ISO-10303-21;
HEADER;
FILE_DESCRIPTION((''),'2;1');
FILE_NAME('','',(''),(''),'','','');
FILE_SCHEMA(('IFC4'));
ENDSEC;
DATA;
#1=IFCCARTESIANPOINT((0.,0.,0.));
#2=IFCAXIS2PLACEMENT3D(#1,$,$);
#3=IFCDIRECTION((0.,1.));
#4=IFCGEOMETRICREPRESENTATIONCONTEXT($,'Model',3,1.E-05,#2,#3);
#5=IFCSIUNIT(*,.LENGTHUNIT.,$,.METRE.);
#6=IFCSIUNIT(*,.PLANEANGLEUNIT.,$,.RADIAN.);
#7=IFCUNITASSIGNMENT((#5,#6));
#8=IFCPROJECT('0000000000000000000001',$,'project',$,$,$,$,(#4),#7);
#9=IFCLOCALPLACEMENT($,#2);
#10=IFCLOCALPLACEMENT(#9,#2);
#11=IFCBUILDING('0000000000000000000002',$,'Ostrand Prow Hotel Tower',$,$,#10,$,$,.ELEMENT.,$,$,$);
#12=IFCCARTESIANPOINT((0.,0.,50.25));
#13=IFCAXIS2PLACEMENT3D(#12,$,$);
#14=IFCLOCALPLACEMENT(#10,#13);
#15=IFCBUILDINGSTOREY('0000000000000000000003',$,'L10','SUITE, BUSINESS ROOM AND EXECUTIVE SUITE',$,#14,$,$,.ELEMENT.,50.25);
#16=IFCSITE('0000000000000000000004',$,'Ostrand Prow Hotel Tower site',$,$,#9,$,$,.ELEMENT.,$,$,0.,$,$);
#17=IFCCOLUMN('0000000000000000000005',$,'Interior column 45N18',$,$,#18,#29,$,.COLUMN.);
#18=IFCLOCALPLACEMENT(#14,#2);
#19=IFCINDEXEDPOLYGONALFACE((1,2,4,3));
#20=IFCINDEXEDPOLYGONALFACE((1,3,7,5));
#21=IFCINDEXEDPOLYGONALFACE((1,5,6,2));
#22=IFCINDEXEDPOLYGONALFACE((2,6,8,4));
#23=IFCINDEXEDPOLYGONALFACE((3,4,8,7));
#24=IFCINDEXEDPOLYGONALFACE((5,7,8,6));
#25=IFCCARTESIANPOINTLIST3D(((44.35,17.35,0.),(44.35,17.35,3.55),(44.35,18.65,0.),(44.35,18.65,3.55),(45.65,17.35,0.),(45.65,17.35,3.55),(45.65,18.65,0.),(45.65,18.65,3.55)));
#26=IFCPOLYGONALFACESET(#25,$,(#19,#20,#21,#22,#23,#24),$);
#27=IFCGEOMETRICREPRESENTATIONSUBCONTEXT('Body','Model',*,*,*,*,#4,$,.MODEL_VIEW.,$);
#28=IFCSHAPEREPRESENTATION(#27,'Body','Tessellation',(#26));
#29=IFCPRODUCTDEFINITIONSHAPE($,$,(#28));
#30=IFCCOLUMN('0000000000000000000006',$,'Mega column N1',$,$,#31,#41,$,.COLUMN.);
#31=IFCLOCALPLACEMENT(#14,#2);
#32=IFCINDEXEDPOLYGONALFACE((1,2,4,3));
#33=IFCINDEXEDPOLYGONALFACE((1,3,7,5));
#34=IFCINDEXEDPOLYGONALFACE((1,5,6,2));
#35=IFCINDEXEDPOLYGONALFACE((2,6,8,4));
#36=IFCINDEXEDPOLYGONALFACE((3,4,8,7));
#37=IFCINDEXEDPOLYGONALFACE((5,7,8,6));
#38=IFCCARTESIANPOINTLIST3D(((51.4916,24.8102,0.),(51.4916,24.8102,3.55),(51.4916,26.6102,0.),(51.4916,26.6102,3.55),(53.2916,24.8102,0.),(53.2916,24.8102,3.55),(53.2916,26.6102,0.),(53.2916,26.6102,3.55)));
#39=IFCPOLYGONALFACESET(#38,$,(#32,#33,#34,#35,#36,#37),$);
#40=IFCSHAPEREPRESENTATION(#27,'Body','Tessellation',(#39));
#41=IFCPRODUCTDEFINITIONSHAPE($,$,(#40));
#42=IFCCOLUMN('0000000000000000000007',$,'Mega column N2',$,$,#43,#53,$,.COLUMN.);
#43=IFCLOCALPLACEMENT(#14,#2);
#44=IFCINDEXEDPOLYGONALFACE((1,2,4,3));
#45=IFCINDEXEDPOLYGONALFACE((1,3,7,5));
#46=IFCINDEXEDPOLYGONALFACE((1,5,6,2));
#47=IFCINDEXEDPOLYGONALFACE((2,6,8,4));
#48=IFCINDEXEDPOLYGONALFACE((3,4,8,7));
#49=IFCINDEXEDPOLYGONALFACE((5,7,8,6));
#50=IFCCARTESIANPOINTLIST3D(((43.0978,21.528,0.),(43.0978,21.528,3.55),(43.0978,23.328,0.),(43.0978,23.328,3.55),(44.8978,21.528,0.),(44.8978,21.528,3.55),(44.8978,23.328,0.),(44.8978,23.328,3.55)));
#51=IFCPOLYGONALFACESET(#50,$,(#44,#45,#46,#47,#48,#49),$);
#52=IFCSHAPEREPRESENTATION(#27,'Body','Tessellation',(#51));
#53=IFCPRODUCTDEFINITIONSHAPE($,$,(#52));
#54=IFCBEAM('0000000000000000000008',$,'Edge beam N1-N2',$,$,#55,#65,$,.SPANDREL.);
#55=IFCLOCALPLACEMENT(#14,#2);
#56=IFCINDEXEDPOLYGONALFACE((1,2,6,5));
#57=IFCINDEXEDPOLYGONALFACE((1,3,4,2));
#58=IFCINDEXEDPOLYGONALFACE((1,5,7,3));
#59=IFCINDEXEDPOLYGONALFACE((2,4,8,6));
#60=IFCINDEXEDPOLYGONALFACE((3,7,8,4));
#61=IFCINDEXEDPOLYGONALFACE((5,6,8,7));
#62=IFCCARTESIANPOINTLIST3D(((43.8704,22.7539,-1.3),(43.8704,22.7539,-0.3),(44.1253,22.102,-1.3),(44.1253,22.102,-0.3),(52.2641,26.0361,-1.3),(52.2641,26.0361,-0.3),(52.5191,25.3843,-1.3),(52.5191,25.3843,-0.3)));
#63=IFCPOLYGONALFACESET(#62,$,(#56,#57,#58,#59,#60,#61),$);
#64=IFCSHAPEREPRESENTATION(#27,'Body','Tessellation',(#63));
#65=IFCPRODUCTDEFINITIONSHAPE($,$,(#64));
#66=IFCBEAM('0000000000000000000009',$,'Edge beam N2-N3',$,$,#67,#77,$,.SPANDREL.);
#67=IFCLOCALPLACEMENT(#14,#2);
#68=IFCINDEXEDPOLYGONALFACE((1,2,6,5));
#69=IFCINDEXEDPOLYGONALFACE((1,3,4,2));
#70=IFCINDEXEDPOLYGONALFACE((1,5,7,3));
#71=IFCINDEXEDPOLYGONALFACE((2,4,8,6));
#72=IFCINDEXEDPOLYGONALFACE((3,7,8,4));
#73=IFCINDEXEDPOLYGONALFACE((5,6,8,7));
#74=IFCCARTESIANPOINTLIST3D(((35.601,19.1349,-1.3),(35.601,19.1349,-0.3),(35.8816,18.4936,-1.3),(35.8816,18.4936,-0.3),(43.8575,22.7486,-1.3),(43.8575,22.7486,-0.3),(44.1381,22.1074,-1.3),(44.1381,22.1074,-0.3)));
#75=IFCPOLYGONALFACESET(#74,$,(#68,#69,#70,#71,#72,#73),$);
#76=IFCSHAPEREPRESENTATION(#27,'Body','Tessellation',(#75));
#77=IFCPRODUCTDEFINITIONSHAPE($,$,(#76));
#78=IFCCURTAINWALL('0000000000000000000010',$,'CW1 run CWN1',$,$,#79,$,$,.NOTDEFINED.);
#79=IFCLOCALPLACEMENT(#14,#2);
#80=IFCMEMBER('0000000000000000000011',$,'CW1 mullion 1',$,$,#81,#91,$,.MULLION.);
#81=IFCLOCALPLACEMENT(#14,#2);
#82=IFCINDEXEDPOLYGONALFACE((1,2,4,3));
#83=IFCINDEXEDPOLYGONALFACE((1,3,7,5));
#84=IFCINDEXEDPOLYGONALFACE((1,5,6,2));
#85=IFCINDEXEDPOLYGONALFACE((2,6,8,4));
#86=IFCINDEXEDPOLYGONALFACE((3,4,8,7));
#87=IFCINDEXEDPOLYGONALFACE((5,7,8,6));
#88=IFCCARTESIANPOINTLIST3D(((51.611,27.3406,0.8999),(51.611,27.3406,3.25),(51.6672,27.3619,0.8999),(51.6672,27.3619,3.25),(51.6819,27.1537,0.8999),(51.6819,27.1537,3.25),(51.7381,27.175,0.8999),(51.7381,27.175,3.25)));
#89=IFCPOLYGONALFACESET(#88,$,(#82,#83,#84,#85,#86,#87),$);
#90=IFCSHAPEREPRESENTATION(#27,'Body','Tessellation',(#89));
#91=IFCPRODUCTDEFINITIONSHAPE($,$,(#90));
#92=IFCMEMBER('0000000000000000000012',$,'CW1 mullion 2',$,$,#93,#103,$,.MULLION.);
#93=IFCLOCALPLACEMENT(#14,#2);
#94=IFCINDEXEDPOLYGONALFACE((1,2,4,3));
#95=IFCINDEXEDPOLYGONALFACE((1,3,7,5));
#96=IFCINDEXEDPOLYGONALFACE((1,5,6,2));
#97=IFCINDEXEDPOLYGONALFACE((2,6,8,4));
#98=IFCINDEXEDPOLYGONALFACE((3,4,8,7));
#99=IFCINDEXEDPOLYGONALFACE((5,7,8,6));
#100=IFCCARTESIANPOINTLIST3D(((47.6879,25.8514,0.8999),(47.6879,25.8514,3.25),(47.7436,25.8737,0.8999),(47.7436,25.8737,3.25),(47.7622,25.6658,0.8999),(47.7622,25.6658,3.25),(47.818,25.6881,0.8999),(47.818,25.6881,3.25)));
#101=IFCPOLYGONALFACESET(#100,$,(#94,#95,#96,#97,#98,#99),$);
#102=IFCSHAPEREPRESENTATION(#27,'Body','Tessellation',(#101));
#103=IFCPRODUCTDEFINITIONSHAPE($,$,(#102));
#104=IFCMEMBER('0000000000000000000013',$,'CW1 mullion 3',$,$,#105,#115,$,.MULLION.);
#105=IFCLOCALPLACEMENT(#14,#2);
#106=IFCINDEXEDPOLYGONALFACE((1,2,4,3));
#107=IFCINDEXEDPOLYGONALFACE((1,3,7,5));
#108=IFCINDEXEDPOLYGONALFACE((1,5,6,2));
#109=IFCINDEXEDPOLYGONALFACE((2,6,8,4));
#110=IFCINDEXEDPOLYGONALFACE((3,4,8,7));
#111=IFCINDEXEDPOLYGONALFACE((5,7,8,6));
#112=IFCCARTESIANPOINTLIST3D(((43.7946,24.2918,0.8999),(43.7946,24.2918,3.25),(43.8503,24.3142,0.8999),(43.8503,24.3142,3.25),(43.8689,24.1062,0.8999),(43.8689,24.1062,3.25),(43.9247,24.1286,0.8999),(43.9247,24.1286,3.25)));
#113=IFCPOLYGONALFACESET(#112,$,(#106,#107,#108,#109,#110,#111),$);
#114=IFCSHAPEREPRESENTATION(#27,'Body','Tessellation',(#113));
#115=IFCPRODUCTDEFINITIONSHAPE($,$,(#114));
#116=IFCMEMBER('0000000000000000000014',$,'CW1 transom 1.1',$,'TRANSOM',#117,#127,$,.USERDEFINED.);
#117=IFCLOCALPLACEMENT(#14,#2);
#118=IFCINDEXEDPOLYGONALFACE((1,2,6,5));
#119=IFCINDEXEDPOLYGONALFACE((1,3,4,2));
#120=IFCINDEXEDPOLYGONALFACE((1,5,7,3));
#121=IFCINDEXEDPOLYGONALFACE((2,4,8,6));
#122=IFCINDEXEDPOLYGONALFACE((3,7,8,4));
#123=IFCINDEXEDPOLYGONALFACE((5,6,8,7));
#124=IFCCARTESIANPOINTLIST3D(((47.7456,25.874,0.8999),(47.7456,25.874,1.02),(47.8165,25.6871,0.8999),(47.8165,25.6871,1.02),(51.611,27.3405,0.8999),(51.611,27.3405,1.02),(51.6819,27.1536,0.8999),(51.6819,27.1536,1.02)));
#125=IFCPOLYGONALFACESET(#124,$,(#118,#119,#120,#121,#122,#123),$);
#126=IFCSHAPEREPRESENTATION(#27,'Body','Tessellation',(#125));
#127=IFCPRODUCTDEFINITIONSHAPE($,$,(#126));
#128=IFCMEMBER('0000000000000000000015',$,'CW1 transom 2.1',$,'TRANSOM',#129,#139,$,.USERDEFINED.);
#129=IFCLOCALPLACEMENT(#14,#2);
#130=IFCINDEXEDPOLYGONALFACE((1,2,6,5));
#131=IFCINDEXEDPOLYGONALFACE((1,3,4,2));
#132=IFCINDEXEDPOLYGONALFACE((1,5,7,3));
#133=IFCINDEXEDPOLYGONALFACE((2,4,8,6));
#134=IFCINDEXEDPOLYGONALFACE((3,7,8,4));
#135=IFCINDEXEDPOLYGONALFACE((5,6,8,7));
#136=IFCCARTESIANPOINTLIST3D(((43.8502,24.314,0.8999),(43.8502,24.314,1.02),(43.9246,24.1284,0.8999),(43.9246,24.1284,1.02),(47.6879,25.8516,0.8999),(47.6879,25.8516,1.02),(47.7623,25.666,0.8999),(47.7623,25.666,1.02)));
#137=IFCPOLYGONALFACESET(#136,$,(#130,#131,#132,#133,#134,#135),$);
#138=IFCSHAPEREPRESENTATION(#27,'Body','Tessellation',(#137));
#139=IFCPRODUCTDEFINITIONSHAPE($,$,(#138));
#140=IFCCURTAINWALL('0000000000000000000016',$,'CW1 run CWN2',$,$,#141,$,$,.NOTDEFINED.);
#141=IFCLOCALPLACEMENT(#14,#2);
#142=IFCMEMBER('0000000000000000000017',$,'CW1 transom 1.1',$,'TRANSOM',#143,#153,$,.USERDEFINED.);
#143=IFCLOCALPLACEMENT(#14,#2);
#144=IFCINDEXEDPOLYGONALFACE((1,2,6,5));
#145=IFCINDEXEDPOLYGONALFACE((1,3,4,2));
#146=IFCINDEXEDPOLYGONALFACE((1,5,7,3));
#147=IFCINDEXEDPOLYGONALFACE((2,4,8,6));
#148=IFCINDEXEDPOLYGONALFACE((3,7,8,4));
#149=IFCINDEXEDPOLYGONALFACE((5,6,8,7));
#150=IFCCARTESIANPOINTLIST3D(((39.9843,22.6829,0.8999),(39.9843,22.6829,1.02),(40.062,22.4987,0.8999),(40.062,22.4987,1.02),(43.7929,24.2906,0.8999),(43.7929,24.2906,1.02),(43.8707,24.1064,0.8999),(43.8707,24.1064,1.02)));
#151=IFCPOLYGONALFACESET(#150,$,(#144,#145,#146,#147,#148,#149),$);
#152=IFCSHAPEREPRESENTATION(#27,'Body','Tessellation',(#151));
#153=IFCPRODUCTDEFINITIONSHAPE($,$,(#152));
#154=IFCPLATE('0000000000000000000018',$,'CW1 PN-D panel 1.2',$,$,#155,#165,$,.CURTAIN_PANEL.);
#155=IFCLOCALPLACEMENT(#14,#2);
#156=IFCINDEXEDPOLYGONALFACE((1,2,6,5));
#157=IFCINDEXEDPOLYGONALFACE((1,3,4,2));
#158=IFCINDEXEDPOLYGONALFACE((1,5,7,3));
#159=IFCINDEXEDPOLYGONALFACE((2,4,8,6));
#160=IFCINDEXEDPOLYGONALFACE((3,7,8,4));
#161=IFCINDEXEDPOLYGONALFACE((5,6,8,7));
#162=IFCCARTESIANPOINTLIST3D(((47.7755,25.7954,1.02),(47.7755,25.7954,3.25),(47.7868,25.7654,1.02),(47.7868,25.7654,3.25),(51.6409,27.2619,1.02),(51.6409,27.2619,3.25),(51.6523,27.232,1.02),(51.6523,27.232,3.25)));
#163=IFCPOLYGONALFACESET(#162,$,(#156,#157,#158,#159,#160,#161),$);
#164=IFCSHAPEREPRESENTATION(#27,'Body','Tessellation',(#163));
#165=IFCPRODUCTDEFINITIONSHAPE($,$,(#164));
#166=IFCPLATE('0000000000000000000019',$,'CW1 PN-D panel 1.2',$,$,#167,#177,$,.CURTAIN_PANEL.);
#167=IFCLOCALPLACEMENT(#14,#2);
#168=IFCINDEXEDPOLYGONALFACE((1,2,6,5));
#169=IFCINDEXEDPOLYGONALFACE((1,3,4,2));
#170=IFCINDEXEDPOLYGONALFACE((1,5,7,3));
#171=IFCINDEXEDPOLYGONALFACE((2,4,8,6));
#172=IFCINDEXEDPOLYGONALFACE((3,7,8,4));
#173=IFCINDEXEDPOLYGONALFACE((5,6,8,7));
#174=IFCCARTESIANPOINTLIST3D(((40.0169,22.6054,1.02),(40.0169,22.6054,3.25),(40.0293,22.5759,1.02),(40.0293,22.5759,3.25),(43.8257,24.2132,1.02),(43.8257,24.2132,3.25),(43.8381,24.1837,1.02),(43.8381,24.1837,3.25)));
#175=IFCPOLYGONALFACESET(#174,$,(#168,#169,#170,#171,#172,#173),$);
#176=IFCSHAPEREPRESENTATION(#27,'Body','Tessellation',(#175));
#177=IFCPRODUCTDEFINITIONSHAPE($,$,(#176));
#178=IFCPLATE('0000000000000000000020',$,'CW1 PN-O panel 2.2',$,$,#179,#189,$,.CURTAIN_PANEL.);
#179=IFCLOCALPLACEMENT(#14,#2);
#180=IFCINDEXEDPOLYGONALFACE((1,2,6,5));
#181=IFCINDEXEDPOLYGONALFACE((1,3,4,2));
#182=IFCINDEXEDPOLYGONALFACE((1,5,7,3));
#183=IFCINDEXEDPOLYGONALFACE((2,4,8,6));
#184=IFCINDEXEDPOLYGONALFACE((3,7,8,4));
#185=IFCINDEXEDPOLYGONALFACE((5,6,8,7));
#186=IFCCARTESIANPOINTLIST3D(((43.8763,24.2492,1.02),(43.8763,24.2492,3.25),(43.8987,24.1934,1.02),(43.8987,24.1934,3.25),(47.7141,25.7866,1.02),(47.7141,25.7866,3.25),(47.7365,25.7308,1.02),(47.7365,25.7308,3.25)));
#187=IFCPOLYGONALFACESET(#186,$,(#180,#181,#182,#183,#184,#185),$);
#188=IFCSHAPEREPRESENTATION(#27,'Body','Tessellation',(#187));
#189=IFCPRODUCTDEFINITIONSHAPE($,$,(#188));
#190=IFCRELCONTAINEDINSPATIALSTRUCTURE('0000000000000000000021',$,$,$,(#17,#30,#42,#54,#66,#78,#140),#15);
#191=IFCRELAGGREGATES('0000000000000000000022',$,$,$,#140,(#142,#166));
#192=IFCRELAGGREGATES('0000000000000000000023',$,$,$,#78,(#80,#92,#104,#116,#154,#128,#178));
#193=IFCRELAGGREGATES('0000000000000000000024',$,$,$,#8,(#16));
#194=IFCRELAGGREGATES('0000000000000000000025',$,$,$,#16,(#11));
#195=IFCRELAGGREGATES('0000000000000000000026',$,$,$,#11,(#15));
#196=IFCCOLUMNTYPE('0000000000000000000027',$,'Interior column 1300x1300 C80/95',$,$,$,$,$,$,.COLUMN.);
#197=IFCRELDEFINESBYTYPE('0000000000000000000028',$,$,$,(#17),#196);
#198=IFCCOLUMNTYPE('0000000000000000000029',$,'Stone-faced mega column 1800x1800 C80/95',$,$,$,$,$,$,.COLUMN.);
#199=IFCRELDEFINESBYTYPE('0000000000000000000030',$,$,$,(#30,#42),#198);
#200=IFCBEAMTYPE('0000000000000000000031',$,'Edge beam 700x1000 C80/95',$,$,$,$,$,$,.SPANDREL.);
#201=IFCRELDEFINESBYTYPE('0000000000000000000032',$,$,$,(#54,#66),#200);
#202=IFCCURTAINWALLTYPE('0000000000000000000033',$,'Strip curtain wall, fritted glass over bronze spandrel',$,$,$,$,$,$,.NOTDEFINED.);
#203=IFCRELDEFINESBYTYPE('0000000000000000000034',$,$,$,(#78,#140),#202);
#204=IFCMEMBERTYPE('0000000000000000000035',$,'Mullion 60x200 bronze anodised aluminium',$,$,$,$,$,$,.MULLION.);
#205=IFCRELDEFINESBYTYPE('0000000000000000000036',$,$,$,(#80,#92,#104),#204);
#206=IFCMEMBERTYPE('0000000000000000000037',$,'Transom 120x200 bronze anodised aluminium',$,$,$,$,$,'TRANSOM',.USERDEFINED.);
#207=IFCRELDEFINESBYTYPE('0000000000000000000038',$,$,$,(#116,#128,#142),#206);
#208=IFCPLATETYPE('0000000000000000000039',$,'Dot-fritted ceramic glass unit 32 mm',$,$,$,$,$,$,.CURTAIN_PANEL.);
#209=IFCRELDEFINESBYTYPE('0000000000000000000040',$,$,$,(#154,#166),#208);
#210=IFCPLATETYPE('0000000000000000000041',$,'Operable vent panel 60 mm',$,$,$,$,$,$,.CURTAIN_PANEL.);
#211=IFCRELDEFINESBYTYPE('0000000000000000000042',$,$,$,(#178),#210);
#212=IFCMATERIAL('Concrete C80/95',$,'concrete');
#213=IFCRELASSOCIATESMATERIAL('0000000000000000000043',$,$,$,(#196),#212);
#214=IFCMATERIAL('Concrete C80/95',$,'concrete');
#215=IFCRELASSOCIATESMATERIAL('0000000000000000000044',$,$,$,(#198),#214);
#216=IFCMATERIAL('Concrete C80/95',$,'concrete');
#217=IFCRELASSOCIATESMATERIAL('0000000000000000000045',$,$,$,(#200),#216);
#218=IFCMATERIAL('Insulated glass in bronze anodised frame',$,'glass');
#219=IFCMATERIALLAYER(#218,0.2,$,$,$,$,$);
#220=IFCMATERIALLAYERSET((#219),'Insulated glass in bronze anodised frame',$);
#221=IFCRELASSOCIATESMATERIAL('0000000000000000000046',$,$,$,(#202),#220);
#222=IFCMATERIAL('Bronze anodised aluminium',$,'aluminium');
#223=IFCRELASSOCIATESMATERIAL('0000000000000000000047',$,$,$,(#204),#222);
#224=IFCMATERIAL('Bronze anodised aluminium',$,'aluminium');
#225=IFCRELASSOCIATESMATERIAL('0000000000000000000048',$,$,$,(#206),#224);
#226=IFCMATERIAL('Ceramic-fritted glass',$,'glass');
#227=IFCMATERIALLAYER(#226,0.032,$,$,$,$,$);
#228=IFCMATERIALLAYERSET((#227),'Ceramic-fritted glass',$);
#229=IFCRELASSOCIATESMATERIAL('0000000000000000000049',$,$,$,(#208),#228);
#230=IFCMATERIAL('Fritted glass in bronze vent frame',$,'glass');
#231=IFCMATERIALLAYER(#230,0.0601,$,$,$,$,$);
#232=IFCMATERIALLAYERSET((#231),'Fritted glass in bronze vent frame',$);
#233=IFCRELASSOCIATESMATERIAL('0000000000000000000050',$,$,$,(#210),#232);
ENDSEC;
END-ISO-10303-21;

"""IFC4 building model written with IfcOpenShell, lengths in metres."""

from ifc_helpers import new_model, si_unit, direction, frame, origin, origin_2d, place, context, subcontext, project, spatial, rectangle, extrude, material, layer, layer_set, material_profile, profile_set, type_object, element, aggregate, save


model = new_model("IFC4")

# Units and contexts
model_context = context("Model", 3, precision=1e-05, world=origin(), true_north=direction((0.0, 1.0)))
body_context = subcontext(model_context, "Body", "Model", "MODEL_VIEW")
ifc_project = project(units=[si_unit("LENGTHUNIT", "METRE"), si_unit("PLANEANGLEUNIT", "RADIAN")], contexts=[model_context])

# Site, building, storey
site_placement = place(None, origin())
site = spatial("IfcSite", under=ifc_project, at=site_placement, Name="Ostrand Prow Hotel Tower site", CompositionType="ELEMENT", RefElevation=0.0)
building_placement = place(site_placement, origin())
building = spatial("IfcBuilding", under=site, at=building_placement, Name="Ostrand Prow Hotel Tower", CompositionType="ELEMENT")
storey_placement = place(building_placement, frame((0.0, 0.0, 50.25)))
storey = spatial("IfcBuildingStorey", under=building, at=storey_placement, Name="L10", Description="SUITE, BUSINESS ROOM AND EXECUTIVE SUITE", CompositionType="ELEMENT", Elevation=50.25)

# Columns
ifc_material_1 = material(Name="Concrete C80/95", Category="concrete")
ifc_material_profile_1 = material_profile(ifc_material_1, rectangle(XDim=1.3, YDim=1.3, at=origin_2d()), Name="RC 1300x1300")
ifc_profile_set_1 = profile_set([ifc_material_profile_1], Name="Concrete C80/95")
column_type_1 = type_object("IfcColumnType", Name="Interior column 1300x1300 C80/95", PredefinedType="COLUMN", material=ifc_profile_set_1)
column_placement = place(storey_placement, frame((45.0, 18.0, 0.0), z_axis=(0.0, 0.0, 1.0), x_axis=(1.0, 0.0, 0.0)))
element("IfcColumn", 1, at=column_placement, inside=storey, type_object=column_type_1, Name="Interior column 45N18", PredefinedType="COLUMN", context=body_context, shape_type="SweptSolid", body=[
    extrude(rectangle(XDim=1.3, YDim=1.3, at=origin_2d()), origin(), (0.0, 0.0, 1.0), 3.55),
])
ifc_material_2 = material(Name="Concrete C80/95", Category="concrete")
ifc_material_profile_2 = material_profile(ifc_material_2, rectangle(XDim=1.8, YDim=1.8, at=origin_2d()), Name="RC 1800x1800")
ifc_profile_set_2 = profile_set([ifc_material_profile_2], Name="Concrete C80/95")
column_type_2 = type_object("IfcColumnType", Name="Stone-faced mega column 1800x1800 C80/95", PredefinedType="COLUMN", material=ifc_profile_set_2)
for number, where, z_axis, x_axis, name in (
    (2, (52.3916, 25.7102, 0.0), (0.0, 0.0, 1.0), (1.0, 0.0, 0.0), "Mega column N1"),
    (3, (43.9978, 22.428, 0.0), (0.0, 0.0, 1.0), (1.0, 0.0, 0.0), "Mega column N2"),
):
    element("IfcColumn", number, at=place(storey_placement, frame(where, z_axis=z_axis, x_axis=x_axis)), inside=storey, type_object=column_type_2, Name=name, PredefinedType="COLUMN", context=body_context, shape_type="SweptSolid", body=[
        extrude(rectangle(XDim=1.8, YDim=1.8, at=origin_2d()), origin(), (0.0, 0.0, 1.0), 3.55),
    ])

# Beams
ifc_material_3 = material(Name="Concrete C80/95", Category="concrete")
ifc_material_profile_3 = material_profile(ifc_material_3, rectangle(XDim=0.7, YDim=1.0, at=origin_2d()), Name="RC 700x1000")
ifc_profile_set_3 = profile_set([ifc_material_profile_3], Name="Concrete C80/95")
beam_type = type_object("IfcBeamType", Name="Edge beam 700x1000 C80/95", PredefinedType="SPANDREL", material=ifc_profile_set_3)
for number, where, z_axis, x_axis, name in (
    (4, (52.3916, 25.7102, -0.8), (-0.931329, -0.364178, 0.0), (0.364178, -0.931329, 0.0), "Edge beam N1-N2"),
    (5, (43.9978, 22.428, -0.8), (-0.916096, -0.40096, 0.0), (0.40096, -0.916096, 0.0), "Edge beam N2-N3"),
):
    element("IfcBeam", number, at=place(storey_placement, frame(where, z_axis=z_axis, x_axis=x_axis)), inside=storey, type_object=beam_type, Name=name, PredefinedType="SPANDREL", context=body_context, shape_type="SweptSolid", body=[
        extrude(rectangle(XDim=0.7, YDim=1.0, at=origin_2d()), origin(), (0.0, 0.0, 1.0), 9.0127),
    ])

# Curtain wall, members
ifc_material_4 = material(Name="Insulated glass in bronze anodised frame", Category="glass")
ifc_layer_1 = layer(ifc_material_4, 0.2)
ifc_layer_set_1 = layer_set([ifc_layer_1], Name="Insulated glass in bronze anodised frame")
curtain_wall_type = type_object("IfcCurtainWallType", Name="Strip curtain wall, fritted glass over bronze spandrel", PredefinedType="NOTDEFINED", material=ifc_layer_set_1)
curtain_wall_1_placement = place(storey_placement, origin())
curtain_wall_1 = element("IfcCurtainWall", 6, at=curtain_wall_1_placement, inside=storey, type_object=curtain_wall_type, Name="CW1 run CWN1", PredefinedType="NOTDEFINED")
ifc_material_5 = material(Name="Bronze anodised aluminium", Category="aluminium")
ifc_material_profile_4 = material_profile(ifc_material_5, rectangle(XDim=0.2, YDim=0.0601, at=origin_2d()), Name="Mullion 60x200 bronze anodised aluminium")
ifc_profile_set_4 = profile_set([ifc_material_profile_4], Name="Bronze anodised aluminium")
member_type_1 = type_object("IfcMemberType", Name="Mullion 60x200 bronze anodised aluminium", PredefinedType="MULLION", material=ifc_profile_set_4)
member_1_placement = place(storey_placement, frame((51.6746, 27.2578, 0.8999), z_axis=(0.0, 0.0, 1.0), x_axis=(0.354728, -0.934969, 0.0)))
member_1 = element("IfcMember", 7, at=member_1_placement, type_object=member_type_1, Name="CW1 mullion 1", PredefinedType="MULLION", context=body_context, shape_type="SweptSolid", body=[
    extrude(rectangle(XDim=0.2, YDim=0.0601, at=origin_2d()), origin(), (0.0, 0.0, 1.0), 2.3501),
])
member_2_placement = place(storey_placement, frame((47.7529, 25.7698, 0.8999), z_axis=(0.0, 0.0, 1.0), x_axis=(0.371873, -0.928283, 0.0)))
member_2 = element("IfcMember", 8, at=member_2_placement, type_object=member_type_1, Name="CW1 mullion 2", PredefinedType="MULLION", context=body_context, shape_type="SweptSolid", body=[
    extrude(rectangle(XDim=0.2, YDim=0.0601, at=origin_2d()), origin(), (0.0, 0.0, 1.0), 2.3501),
])
member_3_placement = place(storey_placement, frame((43.8596, 24.2102, 0.8999), z_axis=(0.0, 0.0, 1.0), x_axis=(0.371873, -0.928283, 0.0)))
member_3 = element("IfcMember", 9, at=member_3_placement, type_object=member_type_1, Name="CW1 mullion 3", PredefinedType="MULLION", context=body_context, shape_type="SweptSolid", body=[
    extrude(rectangle(XDim=0.2, YDim=0.0601, at=origin_2d()), origin(), (0.0, 0.0, 1.0), 2.3501),
])
ifc_material_6 = material(Name="Bronze anodised aluminium", Category="aluminium")
ifc_material_profile_5 = material_profile(ifc_material_6, rectangle(XDim=0.2, YDim=0.1201, at=origin_2d()), Name="Transom 120x200 bronze anodised aluminium")
ifc_profile_set_5 = profile_set([ifc_material_profile_5], Name="Bronze anodised aluminium")
member_type_2 = type_object("IfcMemberType", Name="Transom 120x200 bronze anodised aluminium", ElementType="TRANSOM", PredefinedType="USERDEFINED", material=ifc_profile_set_5)
member_4_placement = place(storey_placement, frame((51.6465, 27.2471, 0.96), z_axis=(-0.934971, -0.354725, 0.0), x_axis=(0.354725, -0.934971, 0.0)))
member_4 = element("IfcMember", 10, at=member_4_placement, type_object=member_type_2, Name="CW1 transom 1.1", ObjectType="TRANSOM", PredefinedType="USERDEFINED", context=body_context, shape_type="SweptSolid", body=[
    extrude(rectangle(XDim=0.2, YDim=0.1201, at=origin_2d()), origin(), (0.0, 0.0, 1.0), 4.1343),
])
member_5_placement = place(storey_placement, frame((47.7251, 25.7588, 0.96), z_axis=(-0.928265, -0.37192, 0.0), x_axis=(0.37192, -0.928265, 0.0)))
member_5 = element("IfcMember", 11, at=member_5_placement, type_object=member_type_2, Name="CW1 transom 2.1", ObjectType="TRANSOM", PredefinedType="USERDEFINED", context=body_context, shape_type="SweptSolid", body=[
    extrude(rectangle(XDim=0.2, YDim=0.1201, at=origin_2d()), origin(), (0.0, 0.0, 1.0), 4.1343),
])

# Curtain wall, member
curtain_wall_2_placement = place(storey_placement, origin())
curtain_wall_2 = element("IfcCurtainWall", 12, at=curtain_wall_2_placement, inside=storey, type_object=curtain_wall_type, Name="CW1 run CWN2", PredefinedType="NOTDEFINED")
member_6_placement = place(storey_placement, frame((43.8318, 24.1985, 0.96), z_axis=(-0.921285, -0.388888, 0.0), x_axis=(0.388888, -0.921285, 0.0)))
member_6 = element("IfcMember", 13, at=member_6_placement, type_object=member_type_2, Name="CW1 transom 1.1", ObjectType="TRANSOM", PredefinedType="USERDEFINED", context=body_context, shape_type="SweptSolid", body=[
    extrude(rectangle(XDim=0.2, YDim=0.1201, at=origin_2d()), origin(), (0.0, 0.0, 1.0), 4.134),
])

# Plates
ifc_material_7 = material(Name="Ceramic-fritted glass", Category="glass")
ifc_layer_2 = layer(ifc_material_7, 0.032)
ifc_layer_set_2 = layer_set([ifc_layer_2], Name="Ceramic-fritted glass")
plate_type_1 = type_object("IfcPlateType", Name="Dot-fritted ceramic glass unit 32 mm", PredefinedType="CURTAIN_PANEL", material=ifc_layer_set_2)
plate_1_placement = place(storey_placement, frame((49.7139, 26.5137, 1.02), z_axis=(0.0, 0.0, 1.0), x_axis=(-0.934969, -0.354728, 0.0)))
plate_1 = element("IfcPlate", 14, at=plate_1_placement, type_object=plate_type_1, Name="CW1 PN-D panel 1.2", PredefinedType="CURTAIN_PANEL", context=body_context, shape_type="SweptSolid", body=[
    extrude(rectangle(XDim=4.1343, YDim=0.032, at=origin_2d()), origin(), (0.0, 0.0, 1.0), 2.23),
])
plate_2_placement = place(storey_placement, frame((41.9275, 23.3945, 1.02), z_axis=(0.0, 0.0, 1.0), x_axis=(-0.921283, -0.388892, 0.0)))
plate_2 = element("IfcPlate", 15, at=plate_2_placement, type_object=plate_type_1, Name="CW1 PN-D panel 1.2", PredefinedType="CURTAIN_PANEL", context=body_context, shape_type="SweptSolid", body=[
    extrude(rectangle(XDim=4.1343, YDim=0.032, at=origin_2d()), origin(), (0.0, 0.0, 1.0), 2.23),
])
aggregate(curtain_wall_2, [member_6, plate_2])
ifc_material_8 = material(Name="Fritted glass in bronze vent frame", Category="glass")
ifc_layer_3 = layer(ifc_material_8, 0.0601)
ifc_layer_set_3 = layer_set([ifc_layer_3], Name="Fritted glass in bronze vent frame")
plate_type_2 = type_object("IfcPlateType", Name="Operable vent panel 60 mm", PredefinedType="CURTAIN_PANEL", material=ifc_layer_set_3)
plate_3_placement = place(storey_placement, frame((45.8064, 24.99, 1.02), z_axis=(0.0, 0.0, 1.0), x_axis=(-0.928283, -0.371873, 0.0)))
plate_3 = element("IfcPlate", 16, at=plate_3_placement, type_object=plate_type_2, Name="CW1 PN-O panel 2.2", PredefinedType="CURTAIN_PANEL", context=body_context, shape_type="SweptSolid", body=[
    extrude(rectangle(XDim=4.1343, YDim=0.0601, at=origin_2d()), origin(), (0.0, 0.0, 1.0), 2.23),
])
aggregate(curtain_wall_1, [member_1, member_2, member_3, member_4, plate_1, member_5, plate_3])

save(model, "model.ifc")
